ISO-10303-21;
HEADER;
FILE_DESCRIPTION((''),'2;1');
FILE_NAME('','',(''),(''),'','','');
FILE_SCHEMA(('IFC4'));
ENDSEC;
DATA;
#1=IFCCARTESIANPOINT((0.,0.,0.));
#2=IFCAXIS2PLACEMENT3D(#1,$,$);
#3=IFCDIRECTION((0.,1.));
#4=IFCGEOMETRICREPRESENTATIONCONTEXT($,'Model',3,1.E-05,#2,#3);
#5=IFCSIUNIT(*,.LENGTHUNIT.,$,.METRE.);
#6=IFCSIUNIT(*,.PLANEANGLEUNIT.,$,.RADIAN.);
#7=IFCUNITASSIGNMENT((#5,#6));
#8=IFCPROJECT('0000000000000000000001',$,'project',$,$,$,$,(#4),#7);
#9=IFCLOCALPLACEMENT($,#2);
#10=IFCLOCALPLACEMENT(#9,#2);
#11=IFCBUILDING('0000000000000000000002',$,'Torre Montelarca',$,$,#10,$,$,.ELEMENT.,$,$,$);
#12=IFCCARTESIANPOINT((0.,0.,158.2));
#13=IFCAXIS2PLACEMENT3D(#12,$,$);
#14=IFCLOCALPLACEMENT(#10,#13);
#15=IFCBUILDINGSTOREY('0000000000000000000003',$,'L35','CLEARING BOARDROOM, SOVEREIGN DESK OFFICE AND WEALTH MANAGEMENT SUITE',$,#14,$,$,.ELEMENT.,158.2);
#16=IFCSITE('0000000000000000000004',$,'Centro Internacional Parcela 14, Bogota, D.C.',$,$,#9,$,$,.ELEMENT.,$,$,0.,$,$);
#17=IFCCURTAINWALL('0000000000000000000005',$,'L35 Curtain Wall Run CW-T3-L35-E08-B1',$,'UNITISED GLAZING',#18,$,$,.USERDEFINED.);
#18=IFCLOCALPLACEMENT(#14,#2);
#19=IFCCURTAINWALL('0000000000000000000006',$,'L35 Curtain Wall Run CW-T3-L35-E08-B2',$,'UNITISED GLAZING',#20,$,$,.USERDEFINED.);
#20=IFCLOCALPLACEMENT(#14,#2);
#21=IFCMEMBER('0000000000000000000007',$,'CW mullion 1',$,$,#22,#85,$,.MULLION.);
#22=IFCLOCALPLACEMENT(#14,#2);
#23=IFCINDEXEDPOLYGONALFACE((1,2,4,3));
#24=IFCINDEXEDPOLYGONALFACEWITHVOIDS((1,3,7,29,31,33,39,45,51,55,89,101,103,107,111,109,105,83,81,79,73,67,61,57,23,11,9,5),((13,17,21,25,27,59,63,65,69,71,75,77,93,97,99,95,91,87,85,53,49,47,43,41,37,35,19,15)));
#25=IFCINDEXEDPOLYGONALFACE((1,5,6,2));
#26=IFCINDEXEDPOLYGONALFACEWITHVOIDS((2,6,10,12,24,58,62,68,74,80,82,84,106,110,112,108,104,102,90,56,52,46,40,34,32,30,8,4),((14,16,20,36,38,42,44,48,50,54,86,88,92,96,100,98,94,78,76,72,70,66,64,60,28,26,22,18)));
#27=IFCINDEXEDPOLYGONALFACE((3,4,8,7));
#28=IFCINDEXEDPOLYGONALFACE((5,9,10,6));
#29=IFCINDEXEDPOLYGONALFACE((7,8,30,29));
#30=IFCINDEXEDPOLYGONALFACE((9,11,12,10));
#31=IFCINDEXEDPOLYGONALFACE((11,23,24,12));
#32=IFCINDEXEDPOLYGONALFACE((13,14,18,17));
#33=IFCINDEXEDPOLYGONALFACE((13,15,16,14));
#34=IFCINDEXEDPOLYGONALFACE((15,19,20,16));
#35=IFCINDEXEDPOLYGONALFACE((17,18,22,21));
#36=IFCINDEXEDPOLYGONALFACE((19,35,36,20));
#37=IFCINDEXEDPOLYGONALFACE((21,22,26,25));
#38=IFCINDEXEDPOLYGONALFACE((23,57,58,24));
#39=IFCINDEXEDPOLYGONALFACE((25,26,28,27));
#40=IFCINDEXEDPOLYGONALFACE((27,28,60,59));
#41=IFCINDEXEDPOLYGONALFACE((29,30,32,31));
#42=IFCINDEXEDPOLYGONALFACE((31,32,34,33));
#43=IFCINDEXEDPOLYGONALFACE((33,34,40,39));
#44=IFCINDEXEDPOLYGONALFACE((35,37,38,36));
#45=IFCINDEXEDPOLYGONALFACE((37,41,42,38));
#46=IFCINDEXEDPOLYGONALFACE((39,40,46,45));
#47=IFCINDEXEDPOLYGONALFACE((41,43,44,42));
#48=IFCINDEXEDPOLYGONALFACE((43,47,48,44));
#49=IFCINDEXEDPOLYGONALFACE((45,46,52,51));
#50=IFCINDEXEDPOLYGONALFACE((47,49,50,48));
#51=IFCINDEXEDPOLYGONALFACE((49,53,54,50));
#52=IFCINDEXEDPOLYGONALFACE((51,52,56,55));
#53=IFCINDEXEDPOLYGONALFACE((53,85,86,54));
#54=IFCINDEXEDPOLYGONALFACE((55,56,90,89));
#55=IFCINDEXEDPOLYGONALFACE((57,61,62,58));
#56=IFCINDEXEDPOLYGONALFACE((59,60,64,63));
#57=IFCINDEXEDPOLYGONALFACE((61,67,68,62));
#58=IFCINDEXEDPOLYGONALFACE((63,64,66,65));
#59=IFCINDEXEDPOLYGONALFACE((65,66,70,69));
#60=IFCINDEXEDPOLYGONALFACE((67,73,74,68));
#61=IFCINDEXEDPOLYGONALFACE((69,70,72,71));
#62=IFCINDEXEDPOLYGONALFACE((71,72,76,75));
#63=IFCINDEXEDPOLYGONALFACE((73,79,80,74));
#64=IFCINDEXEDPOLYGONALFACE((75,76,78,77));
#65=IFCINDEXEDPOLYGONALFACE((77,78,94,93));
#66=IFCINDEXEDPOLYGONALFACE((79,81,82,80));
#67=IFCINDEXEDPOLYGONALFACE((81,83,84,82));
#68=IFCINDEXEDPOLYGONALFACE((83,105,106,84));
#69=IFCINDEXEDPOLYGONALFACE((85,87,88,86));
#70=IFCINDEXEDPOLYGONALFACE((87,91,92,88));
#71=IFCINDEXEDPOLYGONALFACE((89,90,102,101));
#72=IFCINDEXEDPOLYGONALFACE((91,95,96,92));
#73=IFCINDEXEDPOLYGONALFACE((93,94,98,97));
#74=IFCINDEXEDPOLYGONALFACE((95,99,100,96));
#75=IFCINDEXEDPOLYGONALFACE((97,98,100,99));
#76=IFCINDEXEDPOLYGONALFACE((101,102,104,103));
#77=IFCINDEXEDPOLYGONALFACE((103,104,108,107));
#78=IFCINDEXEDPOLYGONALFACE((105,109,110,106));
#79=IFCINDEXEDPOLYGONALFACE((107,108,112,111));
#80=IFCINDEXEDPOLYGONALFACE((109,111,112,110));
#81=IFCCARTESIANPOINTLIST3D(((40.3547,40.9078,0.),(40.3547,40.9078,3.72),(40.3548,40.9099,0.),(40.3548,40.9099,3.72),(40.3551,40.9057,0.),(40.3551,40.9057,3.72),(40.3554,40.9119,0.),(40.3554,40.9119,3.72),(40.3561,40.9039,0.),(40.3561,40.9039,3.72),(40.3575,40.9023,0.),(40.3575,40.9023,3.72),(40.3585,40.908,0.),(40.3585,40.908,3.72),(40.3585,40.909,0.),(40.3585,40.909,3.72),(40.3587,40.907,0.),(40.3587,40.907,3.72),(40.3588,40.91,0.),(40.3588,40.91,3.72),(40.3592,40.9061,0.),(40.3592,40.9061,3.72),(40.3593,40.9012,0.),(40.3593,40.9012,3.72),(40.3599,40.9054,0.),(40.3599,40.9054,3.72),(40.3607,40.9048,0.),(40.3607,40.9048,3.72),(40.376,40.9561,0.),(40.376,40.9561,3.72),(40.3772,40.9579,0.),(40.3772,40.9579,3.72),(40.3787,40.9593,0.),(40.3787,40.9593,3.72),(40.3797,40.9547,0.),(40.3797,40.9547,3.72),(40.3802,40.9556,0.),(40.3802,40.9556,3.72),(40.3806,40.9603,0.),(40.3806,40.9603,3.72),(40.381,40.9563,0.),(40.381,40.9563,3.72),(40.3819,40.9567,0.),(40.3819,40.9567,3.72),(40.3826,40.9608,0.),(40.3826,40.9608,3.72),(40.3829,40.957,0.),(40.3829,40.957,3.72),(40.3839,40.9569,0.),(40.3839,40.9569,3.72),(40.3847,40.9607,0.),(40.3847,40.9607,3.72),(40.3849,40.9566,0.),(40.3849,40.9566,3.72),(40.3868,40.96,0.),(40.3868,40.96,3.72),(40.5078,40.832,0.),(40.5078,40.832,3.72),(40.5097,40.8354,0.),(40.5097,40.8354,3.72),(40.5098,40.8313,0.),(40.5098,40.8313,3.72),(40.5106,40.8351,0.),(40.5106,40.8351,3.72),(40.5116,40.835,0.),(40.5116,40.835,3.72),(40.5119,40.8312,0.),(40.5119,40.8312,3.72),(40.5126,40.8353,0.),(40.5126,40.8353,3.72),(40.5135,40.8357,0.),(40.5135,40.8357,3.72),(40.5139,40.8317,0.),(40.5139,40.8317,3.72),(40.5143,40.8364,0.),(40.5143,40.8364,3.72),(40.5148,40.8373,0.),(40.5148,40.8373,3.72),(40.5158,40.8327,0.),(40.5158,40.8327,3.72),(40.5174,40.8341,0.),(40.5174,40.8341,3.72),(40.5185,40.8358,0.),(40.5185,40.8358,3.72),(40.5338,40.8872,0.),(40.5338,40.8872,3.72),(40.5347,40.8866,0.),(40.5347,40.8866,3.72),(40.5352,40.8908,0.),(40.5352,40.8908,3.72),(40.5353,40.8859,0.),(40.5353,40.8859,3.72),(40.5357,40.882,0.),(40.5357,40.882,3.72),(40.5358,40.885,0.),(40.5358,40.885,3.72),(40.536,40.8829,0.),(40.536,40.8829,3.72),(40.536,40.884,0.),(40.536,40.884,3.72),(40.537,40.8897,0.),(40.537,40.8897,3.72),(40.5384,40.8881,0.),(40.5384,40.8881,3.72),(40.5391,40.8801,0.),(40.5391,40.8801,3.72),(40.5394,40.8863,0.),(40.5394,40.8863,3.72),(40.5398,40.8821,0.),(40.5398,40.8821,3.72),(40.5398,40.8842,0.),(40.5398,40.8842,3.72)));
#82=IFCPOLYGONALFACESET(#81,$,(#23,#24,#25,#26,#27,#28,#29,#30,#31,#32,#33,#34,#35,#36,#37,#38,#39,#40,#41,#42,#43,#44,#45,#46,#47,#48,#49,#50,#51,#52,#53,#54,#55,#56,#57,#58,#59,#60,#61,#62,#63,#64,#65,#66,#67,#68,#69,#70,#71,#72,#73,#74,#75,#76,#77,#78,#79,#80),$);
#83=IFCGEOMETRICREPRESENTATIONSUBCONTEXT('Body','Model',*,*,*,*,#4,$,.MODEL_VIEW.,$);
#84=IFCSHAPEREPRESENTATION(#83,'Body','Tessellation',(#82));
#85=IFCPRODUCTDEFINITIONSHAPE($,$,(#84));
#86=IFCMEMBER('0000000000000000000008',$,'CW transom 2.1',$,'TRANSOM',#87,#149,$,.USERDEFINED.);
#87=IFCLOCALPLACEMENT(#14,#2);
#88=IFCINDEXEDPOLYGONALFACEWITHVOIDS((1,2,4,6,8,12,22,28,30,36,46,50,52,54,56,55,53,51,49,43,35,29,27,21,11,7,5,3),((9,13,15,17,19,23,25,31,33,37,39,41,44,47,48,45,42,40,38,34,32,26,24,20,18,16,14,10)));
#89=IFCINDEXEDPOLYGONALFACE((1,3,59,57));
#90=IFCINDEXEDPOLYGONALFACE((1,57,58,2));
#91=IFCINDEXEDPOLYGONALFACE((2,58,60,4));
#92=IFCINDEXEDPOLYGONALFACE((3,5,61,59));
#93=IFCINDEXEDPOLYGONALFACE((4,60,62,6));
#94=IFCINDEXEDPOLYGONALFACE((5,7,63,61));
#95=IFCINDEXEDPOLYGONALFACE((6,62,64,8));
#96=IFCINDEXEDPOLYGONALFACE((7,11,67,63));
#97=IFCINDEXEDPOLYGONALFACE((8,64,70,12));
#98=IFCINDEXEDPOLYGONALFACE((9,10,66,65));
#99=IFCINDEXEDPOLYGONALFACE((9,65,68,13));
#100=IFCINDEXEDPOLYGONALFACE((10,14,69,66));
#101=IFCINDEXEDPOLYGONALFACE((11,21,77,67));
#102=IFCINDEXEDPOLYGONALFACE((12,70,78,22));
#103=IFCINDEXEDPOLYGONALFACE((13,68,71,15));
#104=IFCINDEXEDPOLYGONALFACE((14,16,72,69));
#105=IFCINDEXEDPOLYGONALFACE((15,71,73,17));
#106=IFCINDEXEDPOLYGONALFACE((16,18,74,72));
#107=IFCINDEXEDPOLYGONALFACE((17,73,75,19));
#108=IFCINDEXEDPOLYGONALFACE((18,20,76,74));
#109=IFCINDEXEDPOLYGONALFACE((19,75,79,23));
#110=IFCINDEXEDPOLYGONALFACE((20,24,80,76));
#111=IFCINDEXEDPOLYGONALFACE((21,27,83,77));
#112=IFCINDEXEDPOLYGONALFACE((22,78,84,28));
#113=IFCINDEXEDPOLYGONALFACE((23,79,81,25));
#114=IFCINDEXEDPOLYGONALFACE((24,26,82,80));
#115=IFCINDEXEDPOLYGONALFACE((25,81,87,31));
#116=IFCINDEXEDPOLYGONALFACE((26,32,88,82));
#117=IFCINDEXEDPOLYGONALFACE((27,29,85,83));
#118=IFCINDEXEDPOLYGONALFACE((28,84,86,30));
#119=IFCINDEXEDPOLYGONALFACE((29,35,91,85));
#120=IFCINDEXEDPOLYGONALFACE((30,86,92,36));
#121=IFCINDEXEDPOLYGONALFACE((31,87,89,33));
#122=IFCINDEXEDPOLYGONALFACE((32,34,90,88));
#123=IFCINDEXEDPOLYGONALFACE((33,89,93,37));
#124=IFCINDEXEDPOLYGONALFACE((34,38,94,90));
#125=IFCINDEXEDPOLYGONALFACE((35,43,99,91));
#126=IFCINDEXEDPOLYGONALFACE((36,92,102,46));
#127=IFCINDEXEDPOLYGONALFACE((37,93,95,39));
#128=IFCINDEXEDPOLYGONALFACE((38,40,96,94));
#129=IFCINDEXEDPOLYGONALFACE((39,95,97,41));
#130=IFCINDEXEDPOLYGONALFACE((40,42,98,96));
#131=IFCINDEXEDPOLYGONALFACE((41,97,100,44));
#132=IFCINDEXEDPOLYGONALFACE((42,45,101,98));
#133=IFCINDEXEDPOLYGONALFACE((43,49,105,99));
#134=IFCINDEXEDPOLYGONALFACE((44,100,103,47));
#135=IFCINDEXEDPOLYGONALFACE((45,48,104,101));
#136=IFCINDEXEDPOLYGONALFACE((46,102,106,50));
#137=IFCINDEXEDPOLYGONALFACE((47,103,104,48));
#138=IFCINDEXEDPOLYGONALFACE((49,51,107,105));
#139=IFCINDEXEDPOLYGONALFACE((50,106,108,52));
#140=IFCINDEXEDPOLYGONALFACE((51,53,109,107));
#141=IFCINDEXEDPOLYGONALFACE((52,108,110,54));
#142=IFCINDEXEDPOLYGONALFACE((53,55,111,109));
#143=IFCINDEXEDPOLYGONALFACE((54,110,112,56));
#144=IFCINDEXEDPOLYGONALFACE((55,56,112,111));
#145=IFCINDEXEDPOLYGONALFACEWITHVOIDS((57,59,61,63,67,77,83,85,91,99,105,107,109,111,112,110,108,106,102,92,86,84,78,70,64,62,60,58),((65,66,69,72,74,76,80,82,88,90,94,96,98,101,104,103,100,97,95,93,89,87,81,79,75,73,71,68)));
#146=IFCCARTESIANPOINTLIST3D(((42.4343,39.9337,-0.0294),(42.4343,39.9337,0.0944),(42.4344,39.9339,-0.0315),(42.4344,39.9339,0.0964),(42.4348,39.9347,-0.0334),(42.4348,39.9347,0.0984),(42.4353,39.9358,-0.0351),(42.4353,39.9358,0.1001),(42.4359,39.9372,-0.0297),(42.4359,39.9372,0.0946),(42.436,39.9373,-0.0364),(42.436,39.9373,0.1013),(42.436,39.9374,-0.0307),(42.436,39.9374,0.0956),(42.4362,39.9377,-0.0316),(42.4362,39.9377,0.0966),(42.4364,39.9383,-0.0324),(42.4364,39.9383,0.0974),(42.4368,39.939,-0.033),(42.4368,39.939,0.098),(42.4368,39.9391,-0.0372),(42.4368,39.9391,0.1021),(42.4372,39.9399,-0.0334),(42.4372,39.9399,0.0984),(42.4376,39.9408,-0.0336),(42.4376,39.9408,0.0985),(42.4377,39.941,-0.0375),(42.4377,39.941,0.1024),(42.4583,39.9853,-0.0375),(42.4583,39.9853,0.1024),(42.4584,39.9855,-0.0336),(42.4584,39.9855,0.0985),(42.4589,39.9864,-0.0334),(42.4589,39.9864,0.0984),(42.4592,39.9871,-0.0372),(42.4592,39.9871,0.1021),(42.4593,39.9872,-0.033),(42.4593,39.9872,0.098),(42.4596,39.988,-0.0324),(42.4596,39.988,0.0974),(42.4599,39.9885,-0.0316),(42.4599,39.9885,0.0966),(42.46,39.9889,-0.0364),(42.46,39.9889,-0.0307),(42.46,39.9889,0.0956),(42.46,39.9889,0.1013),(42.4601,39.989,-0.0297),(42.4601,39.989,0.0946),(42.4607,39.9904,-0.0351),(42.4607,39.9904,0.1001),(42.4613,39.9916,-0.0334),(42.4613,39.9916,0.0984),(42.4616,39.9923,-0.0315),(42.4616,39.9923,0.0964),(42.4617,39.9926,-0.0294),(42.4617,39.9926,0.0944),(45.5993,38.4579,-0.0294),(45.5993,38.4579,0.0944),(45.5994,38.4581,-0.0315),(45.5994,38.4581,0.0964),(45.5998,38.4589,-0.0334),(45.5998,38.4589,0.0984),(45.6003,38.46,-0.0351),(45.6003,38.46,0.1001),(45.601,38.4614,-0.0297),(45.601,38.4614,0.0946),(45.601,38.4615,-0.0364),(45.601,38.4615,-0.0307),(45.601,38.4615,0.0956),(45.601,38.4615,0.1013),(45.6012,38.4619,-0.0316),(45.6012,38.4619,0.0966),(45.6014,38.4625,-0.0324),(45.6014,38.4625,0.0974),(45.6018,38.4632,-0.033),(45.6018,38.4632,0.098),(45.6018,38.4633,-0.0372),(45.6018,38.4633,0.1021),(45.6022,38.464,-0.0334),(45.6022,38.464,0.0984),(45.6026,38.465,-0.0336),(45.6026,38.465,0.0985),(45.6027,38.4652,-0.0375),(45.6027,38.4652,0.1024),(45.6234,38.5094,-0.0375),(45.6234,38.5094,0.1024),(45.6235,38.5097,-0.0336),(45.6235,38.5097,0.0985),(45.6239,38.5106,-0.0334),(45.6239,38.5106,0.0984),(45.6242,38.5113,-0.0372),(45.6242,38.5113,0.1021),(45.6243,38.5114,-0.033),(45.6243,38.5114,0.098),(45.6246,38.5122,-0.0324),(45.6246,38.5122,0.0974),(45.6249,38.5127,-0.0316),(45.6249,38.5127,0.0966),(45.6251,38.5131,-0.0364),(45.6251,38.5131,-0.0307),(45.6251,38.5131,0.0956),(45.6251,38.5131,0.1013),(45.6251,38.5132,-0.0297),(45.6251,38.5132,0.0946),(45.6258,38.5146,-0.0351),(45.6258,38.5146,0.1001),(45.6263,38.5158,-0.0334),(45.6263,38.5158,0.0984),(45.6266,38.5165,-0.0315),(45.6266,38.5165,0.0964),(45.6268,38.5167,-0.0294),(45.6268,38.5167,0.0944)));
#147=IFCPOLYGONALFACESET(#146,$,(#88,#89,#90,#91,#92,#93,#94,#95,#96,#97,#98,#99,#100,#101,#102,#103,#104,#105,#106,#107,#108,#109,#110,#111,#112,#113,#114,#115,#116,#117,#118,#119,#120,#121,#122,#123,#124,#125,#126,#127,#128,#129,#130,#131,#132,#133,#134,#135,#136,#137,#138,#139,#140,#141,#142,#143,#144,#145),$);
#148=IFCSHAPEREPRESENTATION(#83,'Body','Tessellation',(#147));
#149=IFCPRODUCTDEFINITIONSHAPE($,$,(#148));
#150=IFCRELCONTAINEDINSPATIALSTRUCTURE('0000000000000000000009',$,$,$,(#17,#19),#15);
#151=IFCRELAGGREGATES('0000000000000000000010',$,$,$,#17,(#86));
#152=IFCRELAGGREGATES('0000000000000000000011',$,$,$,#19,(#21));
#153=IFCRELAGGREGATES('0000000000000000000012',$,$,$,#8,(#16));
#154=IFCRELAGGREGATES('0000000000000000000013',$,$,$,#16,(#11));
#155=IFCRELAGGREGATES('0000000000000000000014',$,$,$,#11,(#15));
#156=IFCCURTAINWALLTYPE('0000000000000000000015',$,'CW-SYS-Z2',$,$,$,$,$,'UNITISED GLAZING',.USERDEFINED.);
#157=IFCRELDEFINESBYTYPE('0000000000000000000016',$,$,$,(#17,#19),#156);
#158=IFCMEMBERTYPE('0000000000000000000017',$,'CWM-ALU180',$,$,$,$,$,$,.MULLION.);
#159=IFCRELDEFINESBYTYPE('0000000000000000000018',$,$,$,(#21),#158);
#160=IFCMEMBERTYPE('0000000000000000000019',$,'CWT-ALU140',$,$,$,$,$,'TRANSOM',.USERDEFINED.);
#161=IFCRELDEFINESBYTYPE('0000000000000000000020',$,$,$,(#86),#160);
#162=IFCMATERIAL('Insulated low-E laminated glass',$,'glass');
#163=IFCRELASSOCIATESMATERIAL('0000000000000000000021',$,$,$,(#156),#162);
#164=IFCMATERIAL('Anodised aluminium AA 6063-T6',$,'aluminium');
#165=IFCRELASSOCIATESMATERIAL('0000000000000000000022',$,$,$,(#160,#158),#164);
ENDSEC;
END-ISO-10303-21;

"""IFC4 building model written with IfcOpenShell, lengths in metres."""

from ifc_helpers import new_model, si_unit, direction, frame, origin, origin_2d, place, context, subcontext, project, spatial, hollow_rectangle, extrude, source, transform, mapped, material, material_profile, profile_set, type_object, element, aggregate, save


model = new_model("IFC4")

# Units and contexts
model_context = context("Model", 3, precision=1e-05, world=origin(), true_north=direction((0.0, 1.0)))
body_context = subcontext(model_context, "Body", "Model", "MODEL_VIEW")
ifc_project = project(units=[si_unit("LENGTHUNIT", "METRE"), si_unit("PLANEANGLEUNIT", "RADIAN")], contexts=[model_context])

# Site, building, storey
site_placement = place(None, origin())
site = spatial("IfcSite", under=ifc_project, at=site_placement, Name="Centro Internacional Parcela 14, Bogota, D.C.", CompositionType="ELEMENT", RefElevation=0.0)
building_placement = place(site_placement, origin())
building = spatial("IfcBuilding", under=site, at=building_placement, Name="Torre Montelarca", CompositionType="ELEMENT")
storey_placement = place(building_placement, frame((0.0, 0.0, 158.2)))
storey = spatial("IfcBuildingStorey", under=building, at=storey_placement, Name="L35", Description="CLEARING BOARDROOM, SOVEREIGN DESK OFFICE AND WEALTH MANAGEMENT SUITE", CompositionType="ELEMENT", Elevation=158.2)

# Curtain wall
ifc_material_1 = material(Name="Insulated low-E laminated glass", Category="glass")
curtain_wall_type = type_object("IfcCurtainWallType", Name="CW-SYS-Z2", ElementType="UNITISED GLAZING", PredefinedType="USERDEFINED", material=ifc_material_1)
ifc_material_2 = material(Name="Anodised aluminium AA 6063-T6", Category="aluminium")
ifc_material_profile_1 = material_profile(ifc_material_2, hollow_rectangle(XDim=0.0649, YDim=0.1399, WallThickness=0.0039, InnerFilletRadius=0.0039, OuterFilletRadius=0.0081, at=origin_2d()), Name="ALU65X140X4", Category="aluminium")
ifc_profile_set_1 = profile_set([ifc_material_profile_1], Name="Anodised aluminium AA 6063-T6")
member_type_1 = type_object("IfcMemberType", Name="CWT-ALU140", ElementType="TRANSOM", PredefinedType="USERDEFINED", material=ifc_profile_set_1)
ifc_material_profile_2 = material_profile(ifc_material_2, hollow_rectangle(XDim=0.0649, YDim=0.1799, WallThickness=0.0039, InnerFilletRadius=0.0039, OuterFilletRadius=0.0081, at=origin_2d()), Name="ALU65X180X4", Category="aluminium")
ifc_profile_set_2 = profile_set([ifc_material_profile_2], Name="Anodised aluminium AA 6063-T6")
member_type_2 = type_object("IfcMemberType", Name="CWM-ALU180", PredefinedType="MULLION", material=ifc_profile_set_2)
shared_shape_1 = source(origin(), body_context, "Body", "SweptSolid", [
    extrude(hollow_rectangle(XDim=0.0649, YDim=0.1799, WallThickness=0.0039, InnerFilletRadius=0.0039, OuterFilletRadius=0.0081, at=origin_2d()), origin(), (0.0, 0.0, 1.0), 3.72),
])
curtain_wall_1_placement = place(storey_placement, origin())
curtain_wall_1 = element("IfcCurtainWall", 1, at=curtain_wall_1_placement, inside=storey, type_object=curtain_wall_type, Name="L35 Curtain Wall Run CW-T3-L35-E08-B1", ObjectType="UNITISED GLAZING", PredefinedType="USERDEFINED")

# Curtain wall, member
curtain_wall_2_placement = place(storey_placement, origin())
curtain_wall_2 = element("IfcCurtainWall", 2, at=curtain_wall_2_placement, inside=storey, type_object=curtain_wall_type, Name="L35 Curtain Wall Run CW-T3-L35-E08-B2", ObjectType="UNITISED GLAZING", PredefinedType="USERDEFINED")
member_1_placement = place(storey_placement, frame((40.4473, 40.896, 0.0), z_axis=(0.0, 0.0, 1.0), x_axis=(-0.422608, -0.906313, 0.0)))
member_1 = element("IfcMember", 3, at=member_1_placement, type_object=member_type_2, Name="CW mullion 1", PredefinedType="MULLION", context=body_context, shape_type="MappedRepresentation", body=[
    mapped(shared_shape_1, transform((0.0, 0.0, 0.0), scale=1.0)),
])

# Member
shared_shape_2 = source(origin(), body_context, "Body", "SweptSolid", [
    extrude(hollow_rectangle(XDim=0.0649, YDim=0.1399, WallThickness=0.0039, InnerFilletRadius=0.0039, OuterFilletRadius=0.0081, at=origin_2d()), origin(), (0.0, 0.0, 1.0), 3.4922),
])
member_2_placement = place(storey_placement, frame((45.613, 38.4873, 0.0325), z_axis=(-0.906313, 0.422606, 0.0), x_axis=(-0.422606, -0.906313, 0.0)))
member_2 = element("IfcMember", 4, at=member_2_placement, type_object=member_type_1, Name="CW transom 2.1", ObjectType="TRANSOM", PredefinedType="USERDEFINED", context=body_context, shape_type="MappedRepresentation", body=[
    mapped(shared_shape_2, transform((0.0, 0.0, 0.0), scale=1.0)),
])

aggregate(curtain_wall_1, [member_2])
aggregate(curtain_wall_2, [member_1])

save(model, "model.ifc")
